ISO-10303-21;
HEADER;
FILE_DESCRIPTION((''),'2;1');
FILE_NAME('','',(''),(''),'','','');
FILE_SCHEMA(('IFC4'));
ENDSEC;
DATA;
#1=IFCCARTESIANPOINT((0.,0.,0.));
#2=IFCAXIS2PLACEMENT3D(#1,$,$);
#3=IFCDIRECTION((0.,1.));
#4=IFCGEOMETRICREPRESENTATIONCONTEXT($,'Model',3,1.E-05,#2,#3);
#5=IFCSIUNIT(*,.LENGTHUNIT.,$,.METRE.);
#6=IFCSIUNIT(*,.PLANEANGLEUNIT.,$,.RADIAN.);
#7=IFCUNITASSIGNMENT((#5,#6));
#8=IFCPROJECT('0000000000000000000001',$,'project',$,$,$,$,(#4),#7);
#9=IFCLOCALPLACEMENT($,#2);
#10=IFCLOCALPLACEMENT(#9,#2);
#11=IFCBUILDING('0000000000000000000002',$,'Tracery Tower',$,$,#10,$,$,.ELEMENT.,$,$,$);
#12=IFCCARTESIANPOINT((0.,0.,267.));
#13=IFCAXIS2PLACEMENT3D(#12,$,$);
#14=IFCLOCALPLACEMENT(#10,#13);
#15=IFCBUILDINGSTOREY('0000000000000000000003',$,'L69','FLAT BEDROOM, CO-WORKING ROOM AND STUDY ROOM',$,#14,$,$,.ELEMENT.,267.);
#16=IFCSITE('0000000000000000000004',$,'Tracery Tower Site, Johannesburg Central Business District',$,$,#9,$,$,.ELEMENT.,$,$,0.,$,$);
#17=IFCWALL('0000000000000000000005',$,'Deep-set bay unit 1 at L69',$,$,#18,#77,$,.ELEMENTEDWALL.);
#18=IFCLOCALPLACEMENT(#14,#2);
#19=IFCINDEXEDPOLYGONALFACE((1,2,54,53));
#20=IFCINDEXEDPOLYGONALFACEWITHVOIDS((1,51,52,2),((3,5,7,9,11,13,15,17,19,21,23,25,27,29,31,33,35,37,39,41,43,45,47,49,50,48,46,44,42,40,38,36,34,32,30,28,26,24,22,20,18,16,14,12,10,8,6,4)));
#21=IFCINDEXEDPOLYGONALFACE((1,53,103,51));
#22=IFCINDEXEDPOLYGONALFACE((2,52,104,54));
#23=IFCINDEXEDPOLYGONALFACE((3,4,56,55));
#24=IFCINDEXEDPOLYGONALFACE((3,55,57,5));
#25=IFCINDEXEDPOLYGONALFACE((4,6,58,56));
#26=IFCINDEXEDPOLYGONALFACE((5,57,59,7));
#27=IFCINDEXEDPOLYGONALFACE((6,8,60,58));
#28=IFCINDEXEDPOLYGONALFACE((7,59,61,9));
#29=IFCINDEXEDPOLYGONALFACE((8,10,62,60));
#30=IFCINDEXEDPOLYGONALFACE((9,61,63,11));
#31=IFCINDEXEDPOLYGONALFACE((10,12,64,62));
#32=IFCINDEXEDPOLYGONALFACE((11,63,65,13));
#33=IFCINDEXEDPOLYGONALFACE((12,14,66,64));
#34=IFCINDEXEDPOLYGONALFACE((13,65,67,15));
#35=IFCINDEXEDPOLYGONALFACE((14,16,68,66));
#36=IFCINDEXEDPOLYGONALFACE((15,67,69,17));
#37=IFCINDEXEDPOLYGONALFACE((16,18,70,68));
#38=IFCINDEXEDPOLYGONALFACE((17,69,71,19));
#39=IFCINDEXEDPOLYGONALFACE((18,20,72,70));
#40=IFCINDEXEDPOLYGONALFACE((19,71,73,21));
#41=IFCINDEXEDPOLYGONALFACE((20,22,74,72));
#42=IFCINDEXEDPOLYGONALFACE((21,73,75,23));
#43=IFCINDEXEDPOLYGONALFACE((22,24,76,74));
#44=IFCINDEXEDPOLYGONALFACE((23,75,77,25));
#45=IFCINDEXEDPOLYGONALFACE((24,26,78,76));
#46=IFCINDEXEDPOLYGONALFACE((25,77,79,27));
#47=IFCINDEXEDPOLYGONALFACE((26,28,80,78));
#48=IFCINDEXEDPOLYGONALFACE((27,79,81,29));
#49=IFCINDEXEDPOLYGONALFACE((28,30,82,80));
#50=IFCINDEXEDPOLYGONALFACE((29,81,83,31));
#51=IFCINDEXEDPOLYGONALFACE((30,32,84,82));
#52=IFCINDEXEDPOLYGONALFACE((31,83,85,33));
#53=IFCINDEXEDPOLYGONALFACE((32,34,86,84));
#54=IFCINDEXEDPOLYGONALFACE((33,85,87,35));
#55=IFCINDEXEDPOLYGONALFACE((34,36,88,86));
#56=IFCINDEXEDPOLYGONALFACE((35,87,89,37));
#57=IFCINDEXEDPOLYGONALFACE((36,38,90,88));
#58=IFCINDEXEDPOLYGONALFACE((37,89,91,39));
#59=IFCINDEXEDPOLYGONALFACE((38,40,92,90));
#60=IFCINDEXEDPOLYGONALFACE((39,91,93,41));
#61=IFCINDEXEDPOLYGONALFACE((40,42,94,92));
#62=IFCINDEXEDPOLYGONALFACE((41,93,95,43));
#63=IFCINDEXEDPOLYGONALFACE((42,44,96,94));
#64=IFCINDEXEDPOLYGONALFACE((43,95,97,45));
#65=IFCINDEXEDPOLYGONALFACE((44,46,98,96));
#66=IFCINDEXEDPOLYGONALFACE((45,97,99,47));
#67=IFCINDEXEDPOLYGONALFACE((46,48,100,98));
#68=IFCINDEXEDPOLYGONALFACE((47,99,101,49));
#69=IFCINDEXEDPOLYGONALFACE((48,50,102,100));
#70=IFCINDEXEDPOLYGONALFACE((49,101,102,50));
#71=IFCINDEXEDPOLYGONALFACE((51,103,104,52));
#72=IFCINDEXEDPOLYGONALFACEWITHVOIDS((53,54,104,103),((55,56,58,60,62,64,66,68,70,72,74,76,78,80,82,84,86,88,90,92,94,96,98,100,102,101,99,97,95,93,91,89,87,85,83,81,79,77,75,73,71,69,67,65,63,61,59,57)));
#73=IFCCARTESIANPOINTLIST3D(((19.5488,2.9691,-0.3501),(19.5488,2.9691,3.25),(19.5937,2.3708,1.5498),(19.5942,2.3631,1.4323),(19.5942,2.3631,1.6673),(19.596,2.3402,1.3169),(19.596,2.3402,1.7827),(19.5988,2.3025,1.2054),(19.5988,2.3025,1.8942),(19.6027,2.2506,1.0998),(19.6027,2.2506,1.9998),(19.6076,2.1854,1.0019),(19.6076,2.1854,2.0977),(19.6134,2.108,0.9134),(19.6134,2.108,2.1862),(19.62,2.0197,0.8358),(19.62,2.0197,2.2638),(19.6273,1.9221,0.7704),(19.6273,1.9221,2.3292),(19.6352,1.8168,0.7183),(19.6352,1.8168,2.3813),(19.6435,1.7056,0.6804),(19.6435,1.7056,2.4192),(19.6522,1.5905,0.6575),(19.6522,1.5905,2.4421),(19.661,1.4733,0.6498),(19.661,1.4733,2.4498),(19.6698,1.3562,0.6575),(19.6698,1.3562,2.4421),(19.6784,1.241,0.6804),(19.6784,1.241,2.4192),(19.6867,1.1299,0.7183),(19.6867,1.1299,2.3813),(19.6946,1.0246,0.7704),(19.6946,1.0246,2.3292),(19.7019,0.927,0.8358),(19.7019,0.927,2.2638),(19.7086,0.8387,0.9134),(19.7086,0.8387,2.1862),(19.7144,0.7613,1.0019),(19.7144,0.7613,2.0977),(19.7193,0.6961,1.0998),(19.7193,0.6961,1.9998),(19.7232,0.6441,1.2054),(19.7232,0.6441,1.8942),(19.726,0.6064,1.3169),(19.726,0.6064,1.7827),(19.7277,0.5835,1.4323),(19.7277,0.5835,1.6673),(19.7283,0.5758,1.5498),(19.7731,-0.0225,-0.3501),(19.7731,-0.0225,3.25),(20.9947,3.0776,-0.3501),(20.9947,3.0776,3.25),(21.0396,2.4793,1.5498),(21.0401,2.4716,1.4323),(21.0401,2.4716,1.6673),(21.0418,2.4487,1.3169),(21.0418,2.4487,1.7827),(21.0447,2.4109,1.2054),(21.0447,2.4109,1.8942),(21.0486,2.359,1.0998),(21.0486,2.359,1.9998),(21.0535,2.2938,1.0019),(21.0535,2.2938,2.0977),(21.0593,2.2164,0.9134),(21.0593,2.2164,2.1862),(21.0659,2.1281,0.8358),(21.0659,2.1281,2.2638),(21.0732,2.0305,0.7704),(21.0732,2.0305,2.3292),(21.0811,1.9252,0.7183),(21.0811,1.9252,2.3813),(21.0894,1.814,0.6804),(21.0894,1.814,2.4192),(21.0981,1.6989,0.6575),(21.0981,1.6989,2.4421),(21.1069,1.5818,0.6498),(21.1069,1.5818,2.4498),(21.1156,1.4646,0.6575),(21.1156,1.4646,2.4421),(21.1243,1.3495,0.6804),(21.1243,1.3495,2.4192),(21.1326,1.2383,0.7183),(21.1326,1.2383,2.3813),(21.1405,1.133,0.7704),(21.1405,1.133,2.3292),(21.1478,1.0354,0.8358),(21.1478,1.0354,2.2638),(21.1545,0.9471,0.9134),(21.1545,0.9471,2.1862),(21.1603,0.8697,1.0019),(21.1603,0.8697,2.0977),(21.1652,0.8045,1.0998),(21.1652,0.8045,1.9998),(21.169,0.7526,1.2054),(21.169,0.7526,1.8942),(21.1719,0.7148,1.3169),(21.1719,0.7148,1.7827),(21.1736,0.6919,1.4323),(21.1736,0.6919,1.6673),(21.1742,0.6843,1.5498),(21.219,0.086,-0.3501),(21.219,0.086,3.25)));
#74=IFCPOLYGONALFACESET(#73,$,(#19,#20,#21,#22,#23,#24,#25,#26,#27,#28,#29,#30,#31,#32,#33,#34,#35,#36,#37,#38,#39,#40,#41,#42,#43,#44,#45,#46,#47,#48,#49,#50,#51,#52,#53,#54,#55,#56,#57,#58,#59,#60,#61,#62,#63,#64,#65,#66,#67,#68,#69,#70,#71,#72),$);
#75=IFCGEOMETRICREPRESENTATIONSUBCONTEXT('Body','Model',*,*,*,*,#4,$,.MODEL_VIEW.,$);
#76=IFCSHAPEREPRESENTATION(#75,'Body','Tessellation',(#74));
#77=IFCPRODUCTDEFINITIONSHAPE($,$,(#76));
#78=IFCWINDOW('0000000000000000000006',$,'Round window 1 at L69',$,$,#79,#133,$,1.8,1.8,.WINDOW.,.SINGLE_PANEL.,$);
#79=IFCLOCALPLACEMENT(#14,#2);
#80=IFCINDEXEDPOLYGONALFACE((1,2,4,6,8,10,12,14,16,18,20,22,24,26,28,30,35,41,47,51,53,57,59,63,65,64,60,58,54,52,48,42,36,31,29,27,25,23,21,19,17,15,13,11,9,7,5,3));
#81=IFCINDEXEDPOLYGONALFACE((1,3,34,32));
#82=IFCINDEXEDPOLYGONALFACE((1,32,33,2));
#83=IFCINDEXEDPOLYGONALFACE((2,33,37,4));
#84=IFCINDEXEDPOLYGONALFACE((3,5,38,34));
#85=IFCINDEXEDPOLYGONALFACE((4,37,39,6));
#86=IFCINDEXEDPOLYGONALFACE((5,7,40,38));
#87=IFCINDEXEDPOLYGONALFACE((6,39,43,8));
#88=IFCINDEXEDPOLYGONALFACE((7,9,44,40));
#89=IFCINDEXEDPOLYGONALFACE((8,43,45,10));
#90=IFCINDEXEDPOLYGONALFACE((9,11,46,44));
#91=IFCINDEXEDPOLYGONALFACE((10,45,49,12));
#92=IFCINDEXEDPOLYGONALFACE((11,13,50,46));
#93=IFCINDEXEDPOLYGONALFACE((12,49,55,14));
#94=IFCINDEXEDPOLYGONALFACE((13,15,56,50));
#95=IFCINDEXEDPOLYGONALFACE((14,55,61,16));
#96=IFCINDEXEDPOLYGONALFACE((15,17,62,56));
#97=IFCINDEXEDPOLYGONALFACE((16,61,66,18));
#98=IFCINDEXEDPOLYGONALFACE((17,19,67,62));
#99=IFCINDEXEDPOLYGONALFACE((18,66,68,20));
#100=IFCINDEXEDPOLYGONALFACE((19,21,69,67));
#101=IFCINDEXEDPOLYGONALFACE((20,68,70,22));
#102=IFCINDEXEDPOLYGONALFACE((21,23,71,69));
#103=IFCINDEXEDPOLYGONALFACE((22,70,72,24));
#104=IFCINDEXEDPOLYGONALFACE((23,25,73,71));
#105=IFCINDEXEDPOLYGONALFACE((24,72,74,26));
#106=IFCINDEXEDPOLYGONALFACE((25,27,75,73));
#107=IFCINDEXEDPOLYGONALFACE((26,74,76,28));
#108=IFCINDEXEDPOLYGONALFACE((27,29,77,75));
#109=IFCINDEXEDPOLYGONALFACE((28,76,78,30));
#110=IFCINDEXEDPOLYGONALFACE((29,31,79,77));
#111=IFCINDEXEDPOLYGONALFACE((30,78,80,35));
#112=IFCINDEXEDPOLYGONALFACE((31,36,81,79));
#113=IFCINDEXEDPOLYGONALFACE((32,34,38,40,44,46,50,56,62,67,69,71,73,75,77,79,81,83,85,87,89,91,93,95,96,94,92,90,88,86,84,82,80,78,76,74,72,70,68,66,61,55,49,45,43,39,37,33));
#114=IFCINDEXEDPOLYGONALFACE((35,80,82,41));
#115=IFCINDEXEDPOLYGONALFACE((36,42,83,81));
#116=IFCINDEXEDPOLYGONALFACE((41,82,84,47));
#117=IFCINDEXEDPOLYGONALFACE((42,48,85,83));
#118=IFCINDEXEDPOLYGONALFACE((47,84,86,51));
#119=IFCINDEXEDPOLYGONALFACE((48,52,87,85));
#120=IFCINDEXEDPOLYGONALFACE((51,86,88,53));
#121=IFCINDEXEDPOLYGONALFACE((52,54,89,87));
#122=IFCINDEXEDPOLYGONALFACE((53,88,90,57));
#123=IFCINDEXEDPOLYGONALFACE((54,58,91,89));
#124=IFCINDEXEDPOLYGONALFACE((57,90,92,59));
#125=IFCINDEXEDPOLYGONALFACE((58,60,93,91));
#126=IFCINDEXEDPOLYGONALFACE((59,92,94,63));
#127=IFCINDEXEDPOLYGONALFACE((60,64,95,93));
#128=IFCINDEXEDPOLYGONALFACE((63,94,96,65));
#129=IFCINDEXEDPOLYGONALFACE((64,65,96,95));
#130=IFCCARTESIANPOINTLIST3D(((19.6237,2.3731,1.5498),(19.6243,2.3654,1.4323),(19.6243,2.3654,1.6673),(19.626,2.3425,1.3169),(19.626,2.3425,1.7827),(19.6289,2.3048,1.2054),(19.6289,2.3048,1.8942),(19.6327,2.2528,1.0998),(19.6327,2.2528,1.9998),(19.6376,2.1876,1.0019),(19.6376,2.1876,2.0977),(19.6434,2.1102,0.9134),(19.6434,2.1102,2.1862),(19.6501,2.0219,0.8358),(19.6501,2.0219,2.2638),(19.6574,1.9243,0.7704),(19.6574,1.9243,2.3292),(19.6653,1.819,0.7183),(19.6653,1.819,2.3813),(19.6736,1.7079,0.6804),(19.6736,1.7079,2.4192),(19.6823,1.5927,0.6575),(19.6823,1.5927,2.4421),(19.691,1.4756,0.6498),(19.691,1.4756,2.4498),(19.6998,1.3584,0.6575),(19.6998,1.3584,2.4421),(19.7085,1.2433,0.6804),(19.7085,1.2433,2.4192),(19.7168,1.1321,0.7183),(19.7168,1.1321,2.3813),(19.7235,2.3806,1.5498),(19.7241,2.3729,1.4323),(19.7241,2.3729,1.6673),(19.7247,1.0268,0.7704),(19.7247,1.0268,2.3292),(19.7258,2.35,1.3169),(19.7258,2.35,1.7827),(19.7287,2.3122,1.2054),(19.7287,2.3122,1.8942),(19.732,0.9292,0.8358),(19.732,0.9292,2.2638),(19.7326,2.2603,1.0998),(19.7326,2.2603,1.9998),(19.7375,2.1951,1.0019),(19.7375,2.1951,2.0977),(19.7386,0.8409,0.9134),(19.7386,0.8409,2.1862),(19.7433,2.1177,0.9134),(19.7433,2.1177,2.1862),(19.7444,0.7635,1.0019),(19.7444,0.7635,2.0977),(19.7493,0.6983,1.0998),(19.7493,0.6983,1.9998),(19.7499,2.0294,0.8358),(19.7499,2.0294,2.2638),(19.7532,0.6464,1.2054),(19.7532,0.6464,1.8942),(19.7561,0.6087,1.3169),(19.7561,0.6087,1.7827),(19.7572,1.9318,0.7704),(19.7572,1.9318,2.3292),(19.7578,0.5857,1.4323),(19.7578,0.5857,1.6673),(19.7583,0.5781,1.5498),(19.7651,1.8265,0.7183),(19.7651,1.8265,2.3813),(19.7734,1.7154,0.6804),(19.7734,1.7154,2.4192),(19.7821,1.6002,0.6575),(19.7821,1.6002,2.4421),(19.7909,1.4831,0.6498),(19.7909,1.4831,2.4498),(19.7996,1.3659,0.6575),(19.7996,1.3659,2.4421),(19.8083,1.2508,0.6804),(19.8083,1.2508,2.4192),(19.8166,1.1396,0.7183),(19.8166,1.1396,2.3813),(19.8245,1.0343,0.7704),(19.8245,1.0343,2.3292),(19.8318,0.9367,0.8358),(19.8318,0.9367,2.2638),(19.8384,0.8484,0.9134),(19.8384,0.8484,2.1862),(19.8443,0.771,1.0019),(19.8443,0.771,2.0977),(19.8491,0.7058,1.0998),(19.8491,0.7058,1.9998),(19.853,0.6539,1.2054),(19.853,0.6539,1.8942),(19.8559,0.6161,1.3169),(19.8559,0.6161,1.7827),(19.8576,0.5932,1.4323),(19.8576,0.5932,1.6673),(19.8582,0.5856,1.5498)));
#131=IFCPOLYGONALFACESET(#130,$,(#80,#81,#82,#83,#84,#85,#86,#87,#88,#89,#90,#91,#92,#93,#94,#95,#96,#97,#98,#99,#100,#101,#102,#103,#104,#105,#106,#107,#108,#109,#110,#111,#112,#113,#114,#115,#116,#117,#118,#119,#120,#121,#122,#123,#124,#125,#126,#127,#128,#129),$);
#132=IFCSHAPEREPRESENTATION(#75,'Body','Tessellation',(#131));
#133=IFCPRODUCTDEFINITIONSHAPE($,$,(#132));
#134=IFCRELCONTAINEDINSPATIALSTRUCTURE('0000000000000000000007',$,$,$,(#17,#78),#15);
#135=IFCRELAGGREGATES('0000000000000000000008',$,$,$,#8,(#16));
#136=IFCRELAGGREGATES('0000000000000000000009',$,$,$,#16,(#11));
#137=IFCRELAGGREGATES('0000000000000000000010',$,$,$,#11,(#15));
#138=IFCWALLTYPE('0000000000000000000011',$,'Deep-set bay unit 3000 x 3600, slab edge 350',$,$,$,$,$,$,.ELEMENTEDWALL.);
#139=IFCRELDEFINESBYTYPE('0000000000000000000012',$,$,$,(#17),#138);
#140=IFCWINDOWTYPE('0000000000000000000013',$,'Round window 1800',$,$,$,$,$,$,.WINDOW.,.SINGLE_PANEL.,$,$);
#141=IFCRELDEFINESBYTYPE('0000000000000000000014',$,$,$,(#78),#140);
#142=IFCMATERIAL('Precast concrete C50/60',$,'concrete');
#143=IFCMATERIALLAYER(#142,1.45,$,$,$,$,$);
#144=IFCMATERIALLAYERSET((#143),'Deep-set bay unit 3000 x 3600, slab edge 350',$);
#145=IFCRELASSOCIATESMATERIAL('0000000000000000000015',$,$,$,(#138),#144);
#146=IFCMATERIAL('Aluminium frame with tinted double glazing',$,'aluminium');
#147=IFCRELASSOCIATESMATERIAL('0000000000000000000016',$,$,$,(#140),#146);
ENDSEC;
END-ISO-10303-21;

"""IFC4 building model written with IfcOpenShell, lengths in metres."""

from ifc_helpers import new_model, si_unit, direction, frame, frame_2d, origin, origin_2d, place, context, subcontext, project, spatial, rectangle, circle, extrude, material, layer, layer_set, type_object, element, fill, save


model = new_model("IFC4")

# Units and contexts
model_context = context("Model", 3, precision=1e-05, world=origin(), true_north=direction((0.0, 1.0)))
body_context = subcontext(model_context, "Body", "Model", "MODEL_VIEW")
ifc_project = project(units=[si_unit("LENGTHUNIT", "METRE"), si_unit("PLANEANGLEUNIT", "RADIAN")], contexts=[model_context])

# Site, building, storey
site_placement = place(None, origin())
site = spatial("IfcSite", under=ifc_project, at=site_placement, Name="Tracery Tower Site, Johannesburg Central Business District", CompositionType="ELEMENT", RefElevation=0.0)
building_placement = place(site_placement, origin())
building = spatial("IfcBuilding", under=site, at=building_placement, Name="Tracery Tower", CompositionType="ELEMENT")
storey_placement = place(building_placement, frame((0.0, 0.0, 267.0)))
storey = spatial("IfcBuildingStorey", under=building, at=storey_placement, Name="L69", Description="FLAT BEDROOM, CO-WORKING ROOM AND STUDY ROOM", CompositionType="ELEMENT", Elevation=267.0)

# Wall, opening, window
ifc_material_1 = material(Name="Precast concrete C50/60", Category="concrete")
ifc_layer_1 = layer(ifc_material_1, 1.45)
ifc_layer_set_1 = layer_set([ifc_layer_1], Name="Deep-set bay unit 3000 x 3600, slab edge 350")
wall_type_1 = type_object("IfcWallType", Name="Deep-set bay unit 3000 x 3600, slab edge 350", PredefinedType="ELEMENTEDWALL", material=ifc_layer_set_1)
wall_1_placement = place(storey_placement, frame((20.4961, 0.0317, -0.3501), z_axis=(0.0, 0.0, 1.0), x_axis=(-0.074786, 0.9972, 0.0)))
wall_1 = element("IfcWall", 1, at=wall_1_placement, inside=storey, type_object=wall_type_1, Name="Deep-set bay unit 1 at L69", PredefinedType="ELEMENTEDWALL", context=body_context, shape_type="SweptSolid", body=[
    extrude(rectangle(XDim=3.0, YDim=1.45, at=frame_2d((1.5, 0.0))), origin(), (0.0, 0.0, 1.0), 3.6001),
])
opening_1_placement = place(wall_1_placement, frame((1.5, 0.0, 1.8999)))
opening_1 = element("IfcOpeningElement", 2, at=opening_1_placement, cuts=wall_1, PredefinedType="OPENING", context=body_context, shape_type="SweptSolid", body=[
    extrude(circle(Radius=0.9, at=origin_2d()), frame((0.0, 0.7349, 0.0), z_axis=(0.0, -1.0, 0.0), x_axis=(1.0, 0.0, 0.0)), (0.0, 0.0, 1.0), 1.47),
])
ifc_material_2 = material(Name="Aluminium frame with tinted double glazing", Category="aluminium")
window_type = type_object("IfcWindowType", Name="Round window 1800", PartitioningType="SINGLE_PANEL", PredefinedType="WINDOW", material=ifc_material_2)
window_1_placement = place(opening_1_placement, origin())
window_1 = element("IfcWindow", 3, at=window_1_placement, inside=storey, type_object=window_type, Name="Round window 1 at L69", OverallHeight=1.8, OverallWidth=1.8, PartitioningType="SINGLE_PANEL", PredefinedType="WINDOW", context=body_context, shape_type="SweptSolid", body=[
    extrude(circle(Radius=0.9, at=origin_2d()), frame((0.0, 0.6948, 0.0), z_axis=(0.0, -1.0, 0.0), x_axis=(1.0, 0.0, 0.0)), (0.0, 0.0, 1.0), 0.1001),
])
fill(opening_1, window_1)

save(model, "model.ifc")
